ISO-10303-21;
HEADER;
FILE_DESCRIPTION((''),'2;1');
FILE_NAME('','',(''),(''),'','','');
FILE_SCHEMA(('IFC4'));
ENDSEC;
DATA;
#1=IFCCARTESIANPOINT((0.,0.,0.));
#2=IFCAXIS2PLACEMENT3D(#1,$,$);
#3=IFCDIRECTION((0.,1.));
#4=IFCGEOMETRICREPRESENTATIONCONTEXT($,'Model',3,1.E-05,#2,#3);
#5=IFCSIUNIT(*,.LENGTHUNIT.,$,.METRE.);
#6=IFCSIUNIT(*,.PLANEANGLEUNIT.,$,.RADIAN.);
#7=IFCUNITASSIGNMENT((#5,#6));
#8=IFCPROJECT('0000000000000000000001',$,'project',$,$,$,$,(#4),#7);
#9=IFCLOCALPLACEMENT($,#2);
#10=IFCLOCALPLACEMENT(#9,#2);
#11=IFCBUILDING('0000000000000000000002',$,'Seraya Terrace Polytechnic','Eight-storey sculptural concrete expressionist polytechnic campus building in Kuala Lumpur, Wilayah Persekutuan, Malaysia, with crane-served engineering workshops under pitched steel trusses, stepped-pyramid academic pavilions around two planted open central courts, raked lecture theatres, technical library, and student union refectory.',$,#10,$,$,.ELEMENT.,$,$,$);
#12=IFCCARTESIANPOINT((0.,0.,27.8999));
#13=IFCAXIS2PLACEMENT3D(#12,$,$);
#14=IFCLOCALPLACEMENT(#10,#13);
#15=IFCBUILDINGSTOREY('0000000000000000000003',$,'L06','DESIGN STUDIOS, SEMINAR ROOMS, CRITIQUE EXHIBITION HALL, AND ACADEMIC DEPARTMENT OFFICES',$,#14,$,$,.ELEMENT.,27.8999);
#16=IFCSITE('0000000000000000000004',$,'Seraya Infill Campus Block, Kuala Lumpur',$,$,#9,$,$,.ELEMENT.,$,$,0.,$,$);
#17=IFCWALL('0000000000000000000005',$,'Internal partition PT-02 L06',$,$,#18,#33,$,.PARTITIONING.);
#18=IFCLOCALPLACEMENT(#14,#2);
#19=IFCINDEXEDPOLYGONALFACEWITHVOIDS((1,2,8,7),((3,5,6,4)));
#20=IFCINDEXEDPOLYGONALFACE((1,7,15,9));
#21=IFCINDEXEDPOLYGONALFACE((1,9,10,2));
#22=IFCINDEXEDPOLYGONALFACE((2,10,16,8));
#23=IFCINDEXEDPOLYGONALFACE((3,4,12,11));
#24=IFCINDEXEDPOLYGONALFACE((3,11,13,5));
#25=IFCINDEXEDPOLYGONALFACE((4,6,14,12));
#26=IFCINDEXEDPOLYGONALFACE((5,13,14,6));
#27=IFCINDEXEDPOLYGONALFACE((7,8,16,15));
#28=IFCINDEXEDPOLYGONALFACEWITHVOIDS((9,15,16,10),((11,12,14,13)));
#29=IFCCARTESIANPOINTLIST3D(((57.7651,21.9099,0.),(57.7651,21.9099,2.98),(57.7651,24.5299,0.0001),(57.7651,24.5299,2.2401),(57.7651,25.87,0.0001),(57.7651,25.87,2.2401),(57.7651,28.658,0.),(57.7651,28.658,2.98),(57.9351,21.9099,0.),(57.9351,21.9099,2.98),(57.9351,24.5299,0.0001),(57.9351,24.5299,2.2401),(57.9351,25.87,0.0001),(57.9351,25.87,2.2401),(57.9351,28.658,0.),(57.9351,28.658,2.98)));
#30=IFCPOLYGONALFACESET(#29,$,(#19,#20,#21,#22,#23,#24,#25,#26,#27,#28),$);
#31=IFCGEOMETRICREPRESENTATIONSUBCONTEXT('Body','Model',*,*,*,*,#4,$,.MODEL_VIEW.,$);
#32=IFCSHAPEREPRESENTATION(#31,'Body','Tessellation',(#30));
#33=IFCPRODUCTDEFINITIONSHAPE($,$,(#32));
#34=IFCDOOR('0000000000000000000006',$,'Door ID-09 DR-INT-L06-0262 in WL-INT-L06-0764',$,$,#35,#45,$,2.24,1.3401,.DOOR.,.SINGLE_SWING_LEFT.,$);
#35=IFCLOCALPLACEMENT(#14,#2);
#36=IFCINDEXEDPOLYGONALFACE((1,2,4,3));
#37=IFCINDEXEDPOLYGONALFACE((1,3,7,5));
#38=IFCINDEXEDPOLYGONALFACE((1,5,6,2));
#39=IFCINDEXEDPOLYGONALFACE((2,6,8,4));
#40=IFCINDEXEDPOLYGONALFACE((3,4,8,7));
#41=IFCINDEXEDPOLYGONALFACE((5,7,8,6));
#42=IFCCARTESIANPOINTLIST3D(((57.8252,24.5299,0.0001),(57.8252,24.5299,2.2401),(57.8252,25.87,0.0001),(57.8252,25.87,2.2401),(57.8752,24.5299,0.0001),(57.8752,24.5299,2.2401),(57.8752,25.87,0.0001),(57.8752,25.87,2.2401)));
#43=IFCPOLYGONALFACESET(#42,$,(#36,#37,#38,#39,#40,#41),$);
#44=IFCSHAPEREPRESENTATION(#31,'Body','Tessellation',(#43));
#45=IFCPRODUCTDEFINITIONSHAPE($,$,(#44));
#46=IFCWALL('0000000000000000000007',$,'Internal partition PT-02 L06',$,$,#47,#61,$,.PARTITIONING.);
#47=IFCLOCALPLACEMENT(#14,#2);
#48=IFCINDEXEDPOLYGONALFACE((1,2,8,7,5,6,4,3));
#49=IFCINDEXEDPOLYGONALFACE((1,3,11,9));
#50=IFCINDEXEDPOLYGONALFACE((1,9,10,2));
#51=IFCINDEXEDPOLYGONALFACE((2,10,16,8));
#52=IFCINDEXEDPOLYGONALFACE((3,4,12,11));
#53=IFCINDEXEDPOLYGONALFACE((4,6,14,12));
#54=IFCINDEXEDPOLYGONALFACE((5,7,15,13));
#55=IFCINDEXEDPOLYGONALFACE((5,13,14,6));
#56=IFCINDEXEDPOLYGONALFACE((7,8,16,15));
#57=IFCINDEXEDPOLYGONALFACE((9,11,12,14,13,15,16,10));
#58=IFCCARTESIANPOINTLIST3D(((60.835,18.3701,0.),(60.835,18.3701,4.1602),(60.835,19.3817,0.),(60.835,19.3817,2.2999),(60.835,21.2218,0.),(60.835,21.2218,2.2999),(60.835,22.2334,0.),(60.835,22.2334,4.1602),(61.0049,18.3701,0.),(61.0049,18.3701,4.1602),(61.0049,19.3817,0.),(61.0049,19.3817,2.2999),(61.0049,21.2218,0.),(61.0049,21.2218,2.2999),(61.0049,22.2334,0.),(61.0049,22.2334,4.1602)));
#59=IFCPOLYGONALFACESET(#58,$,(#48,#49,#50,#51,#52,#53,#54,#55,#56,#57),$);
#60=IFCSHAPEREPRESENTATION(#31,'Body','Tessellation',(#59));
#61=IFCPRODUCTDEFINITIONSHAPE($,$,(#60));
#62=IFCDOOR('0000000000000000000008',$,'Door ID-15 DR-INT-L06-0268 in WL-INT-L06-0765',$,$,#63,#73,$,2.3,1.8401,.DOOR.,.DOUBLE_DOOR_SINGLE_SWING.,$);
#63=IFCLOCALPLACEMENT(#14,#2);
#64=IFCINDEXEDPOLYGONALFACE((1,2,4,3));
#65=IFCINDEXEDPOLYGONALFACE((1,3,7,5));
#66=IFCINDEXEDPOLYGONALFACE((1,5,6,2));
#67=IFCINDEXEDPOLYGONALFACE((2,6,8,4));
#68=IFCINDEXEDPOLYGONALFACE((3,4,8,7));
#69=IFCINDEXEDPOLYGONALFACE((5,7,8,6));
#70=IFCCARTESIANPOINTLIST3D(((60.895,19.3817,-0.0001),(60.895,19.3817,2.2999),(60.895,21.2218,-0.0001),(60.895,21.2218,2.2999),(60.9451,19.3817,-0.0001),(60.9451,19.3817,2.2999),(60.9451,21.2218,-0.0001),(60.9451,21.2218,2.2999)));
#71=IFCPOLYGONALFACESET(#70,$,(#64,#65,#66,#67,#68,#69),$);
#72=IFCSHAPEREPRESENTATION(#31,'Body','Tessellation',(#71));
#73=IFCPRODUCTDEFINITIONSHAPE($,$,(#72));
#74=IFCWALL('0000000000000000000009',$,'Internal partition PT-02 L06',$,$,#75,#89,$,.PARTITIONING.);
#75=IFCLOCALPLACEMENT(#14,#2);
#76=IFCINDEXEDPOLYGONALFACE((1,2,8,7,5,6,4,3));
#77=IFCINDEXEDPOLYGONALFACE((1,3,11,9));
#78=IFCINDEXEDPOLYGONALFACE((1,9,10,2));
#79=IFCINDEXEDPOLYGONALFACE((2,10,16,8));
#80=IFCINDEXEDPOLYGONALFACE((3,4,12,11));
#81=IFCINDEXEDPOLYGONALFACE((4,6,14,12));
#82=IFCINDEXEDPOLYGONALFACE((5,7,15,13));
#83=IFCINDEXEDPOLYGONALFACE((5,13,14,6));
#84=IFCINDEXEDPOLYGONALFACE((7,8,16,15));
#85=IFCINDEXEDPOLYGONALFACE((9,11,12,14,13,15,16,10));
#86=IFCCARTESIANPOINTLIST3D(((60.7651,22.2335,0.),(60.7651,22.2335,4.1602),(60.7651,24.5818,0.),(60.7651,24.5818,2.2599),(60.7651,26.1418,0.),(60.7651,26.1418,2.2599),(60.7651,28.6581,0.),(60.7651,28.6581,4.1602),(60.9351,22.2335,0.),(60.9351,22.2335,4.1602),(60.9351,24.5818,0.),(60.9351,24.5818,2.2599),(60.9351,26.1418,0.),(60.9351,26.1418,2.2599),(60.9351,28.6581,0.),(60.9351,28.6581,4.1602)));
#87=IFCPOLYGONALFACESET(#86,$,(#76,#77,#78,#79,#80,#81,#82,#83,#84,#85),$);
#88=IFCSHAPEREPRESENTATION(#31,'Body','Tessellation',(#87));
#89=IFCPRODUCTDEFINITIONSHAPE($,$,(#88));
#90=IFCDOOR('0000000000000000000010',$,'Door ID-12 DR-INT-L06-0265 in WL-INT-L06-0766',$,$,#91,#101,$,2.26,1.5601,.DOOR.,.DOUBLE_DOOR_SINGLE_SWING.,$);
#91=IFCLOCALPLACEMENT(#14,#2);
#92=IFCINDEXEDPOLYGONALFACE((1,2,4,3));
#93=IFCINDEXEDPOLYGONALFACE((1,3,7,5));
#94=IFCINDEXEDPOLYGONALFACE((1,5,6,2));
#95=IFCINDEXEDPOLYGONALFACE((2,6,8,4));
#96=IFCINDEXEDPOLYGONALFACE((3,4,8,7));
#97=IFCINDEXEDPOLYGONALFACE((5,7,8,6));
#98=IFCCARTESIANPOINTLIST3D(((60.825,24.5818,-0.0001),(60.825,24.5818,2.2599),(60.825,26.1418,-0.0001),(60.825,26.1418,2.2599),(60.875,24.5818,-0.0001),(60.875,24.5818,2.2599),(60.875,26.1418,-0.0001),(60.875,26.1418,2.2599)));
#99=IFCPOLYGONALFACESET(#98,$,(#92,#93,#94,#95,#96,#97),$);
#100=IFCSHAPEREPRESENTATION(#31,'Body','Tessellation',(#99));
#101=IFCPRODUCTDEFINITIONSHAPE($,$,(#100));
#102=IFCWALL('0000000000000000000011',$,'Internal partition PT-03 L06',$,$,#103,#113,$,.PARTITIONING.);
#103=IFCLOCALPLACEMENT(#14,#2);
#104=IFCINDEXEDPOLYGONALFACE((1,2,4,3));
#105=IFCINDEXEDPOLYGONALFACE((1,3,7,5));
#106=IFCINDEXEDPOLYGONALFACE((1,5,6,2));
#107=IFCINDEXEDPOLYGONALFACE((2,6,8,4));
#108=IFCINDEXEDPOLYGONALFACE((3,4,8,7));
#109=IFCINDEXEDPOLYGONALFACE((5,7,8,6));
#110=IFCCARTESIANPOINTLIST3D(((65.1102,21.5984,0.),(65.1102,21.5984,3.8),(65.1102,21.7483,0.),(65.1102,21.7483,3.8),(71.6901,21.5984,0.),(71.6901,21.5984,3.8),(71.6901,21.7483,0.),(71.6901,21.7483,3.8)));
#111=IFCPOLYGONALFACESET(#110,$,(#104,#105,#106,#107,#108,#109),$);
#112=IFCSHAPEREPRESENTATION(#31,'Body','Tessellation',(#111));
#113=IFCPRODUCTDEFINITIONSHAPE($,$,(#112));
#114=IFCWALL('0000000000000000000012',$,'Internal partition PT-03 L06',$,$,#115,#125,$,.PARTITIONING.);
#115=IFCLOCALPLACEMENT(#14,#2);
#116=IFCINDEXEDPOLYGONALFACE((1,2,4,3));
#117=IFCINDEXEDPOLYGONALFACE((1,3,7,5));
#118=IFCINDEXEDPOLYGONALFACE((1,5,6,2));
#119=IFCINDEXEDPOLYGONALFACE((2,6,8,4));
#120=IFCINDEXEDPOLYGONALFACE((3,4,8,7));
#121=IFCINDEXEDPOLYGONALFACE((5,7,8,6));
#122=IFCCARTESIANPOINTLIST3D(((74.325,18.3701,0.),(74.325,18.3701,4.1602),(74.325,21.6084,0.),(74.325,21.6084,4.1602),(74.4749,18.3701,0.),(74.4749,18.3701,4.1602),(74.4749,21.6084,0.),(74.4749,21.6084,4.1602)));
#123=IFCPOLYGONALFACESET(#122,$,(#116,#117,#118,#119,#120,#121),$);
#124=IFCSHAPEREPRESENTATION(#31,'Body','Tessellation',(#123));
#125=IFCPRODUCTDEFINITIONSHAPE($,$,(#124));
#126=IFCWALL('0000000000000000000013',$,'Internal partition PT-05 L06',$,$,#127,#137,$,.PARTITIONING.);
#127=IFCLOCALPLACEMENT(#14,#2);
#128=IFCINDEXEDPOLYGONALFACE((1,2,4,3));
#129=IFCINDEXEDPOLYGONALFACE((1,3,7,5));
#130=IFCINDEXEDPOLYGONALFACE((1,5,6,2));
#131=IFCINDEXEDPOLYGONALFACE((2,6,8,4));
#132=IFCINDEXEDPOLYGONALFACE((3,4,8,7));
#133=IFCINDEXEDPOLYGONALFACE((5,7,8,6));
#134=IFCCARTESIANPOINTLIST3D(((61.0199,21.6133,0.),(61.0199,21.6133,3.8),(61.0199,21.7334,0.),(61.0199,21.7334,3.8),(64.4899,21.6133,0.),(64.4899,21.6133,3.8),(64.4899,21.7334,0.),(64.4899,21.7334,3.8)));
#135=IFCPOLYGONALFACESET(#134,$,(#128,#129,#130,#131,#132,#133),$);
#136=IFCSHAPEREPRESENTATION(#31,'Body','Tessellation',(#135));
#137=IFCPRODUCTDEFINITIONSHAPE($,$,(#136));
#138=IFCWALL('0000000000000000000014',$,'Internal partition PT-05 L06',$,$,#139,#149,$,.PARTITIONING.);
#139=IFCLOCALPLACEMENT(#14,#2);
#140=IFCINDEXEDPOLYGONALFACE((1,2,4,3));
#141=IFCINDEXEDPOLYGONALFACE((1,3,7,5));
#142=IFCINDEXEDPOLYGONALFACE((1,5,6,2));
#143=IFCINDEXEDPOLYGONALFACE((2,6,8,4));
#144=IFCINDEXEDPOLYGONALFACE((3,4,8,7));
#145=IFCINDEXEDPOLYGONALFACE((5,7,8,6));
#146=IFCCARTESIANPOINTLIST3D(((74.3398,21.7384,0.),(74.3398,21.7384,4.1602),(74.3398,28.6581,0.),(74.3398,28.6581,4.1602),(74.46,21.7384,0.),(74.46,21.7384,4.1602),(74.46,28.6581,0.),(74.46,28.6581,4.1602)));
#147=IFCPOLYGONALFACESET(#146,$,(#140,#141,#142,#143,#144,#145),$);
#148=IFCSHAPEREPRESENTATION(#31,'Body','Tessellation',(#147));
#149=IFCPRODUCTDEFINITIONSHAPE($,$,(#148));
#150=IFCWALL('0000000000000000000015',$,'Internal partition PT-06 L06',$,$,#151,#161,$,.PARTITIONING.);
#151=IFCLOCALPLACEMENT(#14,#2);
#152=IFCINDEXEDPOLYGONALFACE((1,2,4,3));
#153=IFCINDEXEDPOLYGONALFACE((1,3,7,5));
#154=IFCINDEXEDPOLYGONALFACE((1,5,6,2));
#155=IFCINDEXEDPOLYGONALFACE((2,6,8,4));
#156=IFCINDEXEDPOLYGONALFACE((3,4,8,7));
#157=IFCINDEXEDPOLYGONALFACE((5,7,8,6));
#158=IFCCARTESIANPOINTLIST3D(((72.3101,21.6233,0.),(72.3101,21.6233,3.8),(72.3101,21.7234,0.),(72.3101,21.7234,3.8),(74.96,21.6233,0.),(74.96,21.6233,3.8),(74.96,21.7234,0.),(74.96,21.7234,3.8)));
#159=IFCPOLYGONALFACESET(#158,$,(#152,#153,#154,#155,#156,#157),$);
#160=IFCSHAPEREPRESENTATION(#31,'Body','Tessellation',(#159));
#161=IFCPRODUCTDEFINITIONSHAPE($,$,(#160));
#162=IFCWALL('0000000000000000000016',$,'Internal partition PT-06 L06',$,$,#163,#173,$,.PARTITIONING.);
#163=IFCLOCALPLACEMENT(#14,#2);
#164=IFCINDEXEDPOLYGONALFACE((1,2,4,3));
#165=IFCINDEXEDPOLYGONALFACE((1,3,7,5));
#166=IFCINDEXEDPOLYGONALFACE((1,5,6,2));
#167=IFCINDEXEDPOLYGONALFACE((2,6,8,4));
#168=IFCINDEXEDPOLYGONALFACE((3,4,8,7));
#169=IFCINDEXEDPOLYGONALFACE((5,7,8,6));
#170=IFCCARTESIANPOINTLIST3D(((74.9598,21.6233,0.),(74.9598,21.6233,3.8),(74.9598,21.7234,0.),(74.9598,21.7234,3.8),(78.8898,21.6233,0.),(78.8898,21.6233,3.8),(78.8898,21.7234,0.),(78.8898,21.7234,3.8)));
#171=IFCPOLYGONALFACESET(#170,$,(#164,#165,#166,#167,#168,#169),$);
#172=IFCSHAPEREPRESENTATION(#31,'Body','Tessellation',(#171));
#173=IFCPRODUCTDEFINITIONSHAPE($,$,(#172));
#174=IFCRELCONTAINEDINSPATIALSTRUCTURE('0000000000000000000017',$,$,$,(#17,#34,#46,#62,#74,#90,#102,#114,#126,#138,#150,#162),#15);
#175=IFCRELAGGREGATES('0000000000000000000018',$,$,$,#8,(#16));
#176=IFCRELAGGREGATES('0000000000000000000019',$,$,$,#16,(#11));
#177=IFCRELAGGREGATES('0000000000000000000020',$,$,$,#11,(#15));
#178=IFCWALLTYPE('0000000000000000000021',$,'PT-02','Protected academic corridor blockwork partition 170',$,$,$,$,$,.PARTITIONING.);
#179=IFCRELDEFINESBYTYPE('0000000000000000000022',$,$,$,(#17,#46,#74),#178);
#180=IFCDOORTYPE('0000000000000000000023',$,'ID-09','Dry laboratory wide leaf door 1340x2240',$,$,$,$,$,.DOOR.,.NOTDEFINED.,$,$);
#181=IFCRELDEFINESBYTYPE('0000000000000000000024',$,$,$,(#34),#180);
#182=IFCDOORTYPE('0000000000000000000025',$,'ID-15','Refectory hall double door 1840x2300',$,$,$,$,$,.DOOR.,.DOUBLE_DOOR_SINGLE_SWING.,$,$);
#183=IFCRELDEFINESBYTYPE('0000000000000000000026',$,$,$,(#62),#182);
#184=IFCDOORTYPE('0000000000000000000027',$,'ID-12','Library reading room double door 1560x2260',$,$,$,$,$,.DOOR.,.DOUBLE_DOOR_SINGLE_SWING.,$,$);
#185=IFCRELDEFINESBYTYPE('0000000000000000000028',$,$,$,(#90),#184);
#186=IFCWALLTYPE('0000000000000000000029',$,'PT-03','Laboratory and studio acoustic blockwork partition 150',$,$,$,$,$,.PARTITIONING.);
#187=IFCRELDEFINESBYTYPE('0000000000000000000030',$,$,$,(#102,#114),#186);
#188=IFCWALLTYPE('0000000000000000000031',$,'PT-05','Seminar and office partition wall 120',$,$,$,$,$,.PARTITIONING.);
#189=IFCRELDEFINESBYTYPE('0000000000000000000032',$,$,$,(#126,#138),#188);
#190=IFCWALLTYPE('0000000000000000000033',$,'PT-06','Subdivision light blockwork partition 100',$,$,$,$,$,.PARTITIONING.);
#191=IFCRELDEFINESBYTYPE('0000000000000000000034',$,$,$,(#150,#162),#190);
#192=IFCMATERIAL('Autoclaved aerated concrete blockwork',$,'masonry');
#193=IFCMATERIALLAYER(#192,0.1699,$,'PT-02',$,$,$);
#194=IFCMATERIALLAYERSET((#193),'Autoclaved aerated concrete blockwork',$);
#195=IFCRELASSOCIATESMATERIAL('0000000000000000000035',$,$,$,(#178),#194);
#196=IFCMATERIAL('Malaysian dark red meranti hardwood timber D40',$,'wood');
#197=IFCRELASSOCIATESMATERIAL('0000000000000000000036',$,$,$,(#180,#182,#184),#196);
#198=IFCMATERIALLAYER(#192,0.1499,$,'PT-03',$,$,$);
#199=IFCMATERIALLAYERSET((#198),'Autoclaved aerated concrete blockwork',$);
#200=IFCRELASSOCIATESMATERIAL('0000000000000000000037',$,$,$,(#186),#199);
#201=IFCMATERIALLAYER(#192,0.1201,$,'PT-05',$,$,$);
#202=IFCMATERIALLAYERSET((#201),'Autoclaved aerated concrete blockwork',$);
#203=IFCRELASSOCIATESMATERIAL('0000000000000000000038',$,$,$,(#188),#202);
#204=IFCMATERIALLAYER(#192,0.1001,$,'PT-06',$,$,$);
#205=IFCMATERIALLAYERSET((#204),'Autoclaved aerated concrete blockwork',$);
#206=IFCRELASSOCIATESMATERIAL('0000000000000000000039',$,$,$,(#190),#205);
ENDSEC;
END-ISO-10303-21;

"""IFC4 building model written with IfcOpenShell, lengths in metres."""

from ifc_helpers import new_model, si_unit, direction, frame, frame_2d, origin, place, context, subcontext, project, spatial, rectangle, extrude, material, layer, layer_set, type_object, element, fill, save


model = new_model("IFC4")

# Units and contexts
model_context = context("Model", 3, precision=1e-05, world=origin(), true_north=direction((0.0, 1.0)))
body_context = subcontext(model_context, "Body", "Model", "MODEL_VIEW")
ifc_project = project(units=[si_unit("LENGTHUNIT", "METRE"), si_unit("PLANEANGLEUNIT", "RADIAN")], contexts=[model_context])

# Site, building, storey
site_placement = place(None, origin())
site = spatial("IfcSite", under=ifc_project, at=site_placement, Name="Seraya Infill Campus Block, Kuala Lumpur", CompositionType="ELEMENT", RefElevation=0.0)
building_placement = place(site_placement, origin())
building = spatial("IfcBuilding", under=site, at=building_placement, Name="Seraya Terrace Polytechnic", Description="Eight-storey sculptural concrete expressionist polytechnic campus building in Kuala Lumpur, Wilayah Persekutuan, Malaysia, with crane-served engineering workshops under pitched steel trusses, stepped-pyramid academic pavilions around two planted open central courts, raked lecture theatres, technical library, and student union refectory.", CompositionType="ELEMENT")
storey_placement = place(building_placement, frame((0.0, 0.0, 27.8999)))
storey = spatial("IfcBuildingStorey", under=building, at=storey_placement, Name="L06", Description="DESIGN STUDIOS, SEMINAR ROOMS, CRITIQUE EXHIBITION HALL, AND ACADEMIC DEPARTMENT OFFICES", CompositionType="ELEMENT", Elevation=27.8999)

# Shared definitions
ifc_material_1 = material(Name="Autoclaved aerated concrete blockwork", Category="masonry")
ifc_layer_1 = layer(ifc_material_1, 0.1699, Name="PT-02")
ifc_layer_set_1 = layer_set([ifc_layer_1], Name="Autoclaved aerated concrete blockwork")
wall_type_1 = type_object("IfcWallType", Name="PT-02", Description="Protected academic corridor blockwork partition 170", PredefinedType="PARTITIONING", material=ifc_layer_set_1)

# Walls, openings, doors
wall_1_placement = place(storey_placement, frame((57.8501, 21.9099, 0.0), z_axis=(0.0, 0.0, 1.0), x_axis=(0.0, 1.0, 0.0)))
wall_1 = element("IfcWall", 1, at=wall_1_placement, inside=storey, type_object=wall_type_1, Name="Internal partition PT-02 L06", PredefinedType="PARTITIONING", context=body_context, shape_type="SweptSolid", body=[
    extrude(rectangle(XDim=6.748, YDim=0.1699, at=frame_2d((3.374, 0.0))), origin(), (0.0, 0.0, 1.0), 2.98),
])
opening_1_placement = place(wall_1_placement, frame((2.6201, 0.0, 0.0)))
opening_1 = element("IfcOpeningElement", 2, at=opening_1_placement, cuts=wall_1, PredefinedType="OPENING", context=body_context, shape_type="SweptSolid", body=[
    extrude(rectangle(XDim=1.3401, YDim=2.24, at=frame_2d((0.6699, 1.1201))), frame((0.0, 0.0969, 0.0), z_axis=(0.0, -1.0, 0.0), x_axis=(1.0, 0.0, 0.0)), (0.0, 0.0, 1.0), 0.1938),
])
ifc_material_2 = material(Name="Malaysian dark red meranti hardwood timber D40", Category="wood")
door_type_1 = type_object("IfcDoorType", Name="ID-09", Description="Dry laboratory wide leaf door 1340x2240", OperationType="NOTDEFINED", PredefinedType="DOOR", material=ifc_material_2)
door_1_placement = place(opening_1_placement, origin())
door_1 = element("IfcDoor", 3, at=door_1_placement, inside=storey, type_object=door_type_1, Name="Door ID-09 DR-INT-L06-0262 in WL-INT-L06-0764", OperationType="SINGLE_SWING_LEFT", OverallHeight=2.24, OverallWidth=1.3401, PredefinedType="DOOR", context=body_context, shape_type="SweptSolid", body=[
    extrude(rectangle(XDim=1.3401, YDim=2.24, at=frame_2d((0.6699, 1.1201))), frame((0.0, 0.0249, 0.0), z_axis=(0.0, -1.0, 0.0), x_axis=(1.0, 0.0, 0.0)), (0.0, 0.0, 1.0), 0.05),
])
fill(opening_1, door_1)
wall_2_placement = place(storey_placement, frame((60.9199, 18.3701, 0.0), z_axis=(0.0, 0.0, 1.0), x_axis=(0.0, 1.0, 0.0)))
wall_2 = element("IfcWall", 4, at=wall_2_placement, inside=storey, type_object=wall_type_1, Name="Internal partition PT-02 L06", PredefinedType="PARTITIONING", context=body_context, shape_type="SweptSolid", body=[
    extrude(rectangle(XDim=3.8633, YDim=0.1699, at=frame_2d((1.9316, 0.0))), origin(), (0.0, 0.0, 1.0), 4.1602),
])
opening_2_placement = place(wall_2_placement, frame((1.0117, 0.0, 0.0)))
opening_2 = element("IfcOpeningElement", 5, at=opening_2_placement, cuts=wall_2, PredefinedType="OPENING", context=body_context, shape_type="SweptSolid", body=[
    extrude(rectangle(XDim=1.8401, YDim=2.3, at=frame_2d((0.9199, 1.1499))), frame((0.0, 0.0969, 0.0), z_axis=(0.0, -1.0, 0.0), x_axis=(1.0, 0.0, 0.0)), (0.0, 0.0, 1.0), 0.1938),
])
door_type_2 = type_object("IfcDoorType", Name="ID-15", Description="Refectory hall double door 1840x2300", OperationType="DOUBLE_DOOR_SINGLE_SWING", PredefinedType="DOOR", material=ifc_material_2)
door_2_placement = place(opening_2_placement, origin())
door_2 = element("IfcDoor", 6, at=door_2_placement, inside=storey, type_object=door_type_2, Name="Door ID-15 DR-INT-L06-0268 in WL-INT-L06-0765", OperationType="DOUBLE_DOOR_SINGLE_SWING", OverallHeight=2.3, OverallWidth=1.8401, PredefinedType="DOOR", context=body_context, shape_type="SweptSolid", body=[
    extrude(rectangle(XDim=1.8401, YDim=2.3, at=frame_2d((0.9199, 1.1499))), frame((0.0, 0.0249, 0.0), z_axis=(0.0, -1.0, 0.0), x_axis=(1.0, 0.0, 0.0)), (0.0, 0.0, 1.0), 0.05),
])
fill(opening_2, door_2)
wall_3_placement = place(storey_placement, frame((60.8501, 22.2334, 0.0), z_axis=(0.0, 0.0, 1.0), x_axis=(0.0, 1.0, 0.0)))
wall_3 = element("IfcWall", 7, at=wall_3_placement, inside=storey, type_object=wall_type_1, Name="Internal partition PT-02 L06", PredefinedType="PARTITIONING", context=body_context, shape_type="SweptSolid", body=[
    extrude(rectangle(XDim=6.4246, YDim=0.1699, at=frame_2d((3.2124, 0.0))), origin(), (0.0, 0.0, 1.0), 4.1602),
])
opening_3_placement = place(wall_3_placement, frame((2.3484, 0.0, 0.0)))
opening_3 = element("IfcOpeningElement", 8, at=opening_3_placement, cuts=wall_3, PredefinedType="OPENING", context=body_context, shape_type="SweptSolid", body=[
    extrude(rectangle(XDim=1.5601, YDim=2.26, at=frame_2d((0.78, 1.1299))), frame((0.0, 0.0969, 0.0), z_axis=(0.0, -1.0, 0.0), x_axis=(1.0, 0.0, 0.0)), (0.0, 0.0, 1.0), 0.1938),
])
door_type_3 = type_object("IfcDoorType", Name="ID-12", Description="Library reading room double door 1560x2260", OperationType="DOUBLE_DOOR_SINGLE_SWING", PredefinedType="DOOR", material=ifc_material_2)
door_3_placement = place(opening_3_placement, frame((1.5601, 0.0, 0.0), z_axis=(0.0, 0.0, 1.0), x_axis=(-1.0, 0.0, 0.0)))
door_3 = element("IfcDoor", 9, at=door_3_placement, inside=storey, type_object=door_type_3, Name="Door ID-12 DR-INT-L06-0265 in WL-INT-L06-0766", OperationType="DOUBLE_DOOR_SINGLE_SWING", OverallHeight=2.26, OverallWidth=1.5601, PredefinedType="DOOR", context=body_context, shape_type="SweptSolid", body=[
    extrude(rectangle(XDim=1.5601, YDim=2.26, at=frame_2d((0.78, 1.1299))), frame((0.0, 0.0249, 0.0), z_axis=(0.0, -1.0, 0.0), x_axis=(1.0, 0.0, 0.0)), (0.0, 0.0, 1.0), 0.05),
])
fill(opening_3, door_3)

# Walls
ifc_layer_2 = layer(ifc_material_1, 0.1499, Name="PT-03")
ifc_layer_set_2 = layer_set([ifc_layer_2], Name="Autoclaved aerated concrete blockwork")
wall_type_2 = type_object("IfcWallType", Name="PT-03", Description="Laboratory and studio acoustic blockwork partition 150", PredefinedType="PARTITIONING", material=ifc_layer_set_2)
wall_4_placement = place(storey_placement, frame((65.1101, 21.6733, 0.0), z_axis=(0.0, 0.0, 1.0), x_axis=(1.0, 0.0, 0.0)))
element("IfcWall", 10, at=wall_4_placement, inside=storey, type_object=wall_type_2, Name="Internal partition PT-03 L06", PredefinedType="PARTITIONING", context=body_context, shape_type="SweptSolid", body=[
    extrude(rectangle(XDim=6.5798, YDim=0.1499, at=frame_2d((3.29, 0.0))), origin(), (0.0, 0.0, 1.0), 3.8),
])
wall_5_placement = place(storey_placement, frame((74.3999, 18.3701, 0.0), z_axis=(0.0, 0.0, 1.0), x_axis=(0.0, 1.0, 0.0)))
element("IfcWall", 11, at=wall_5_placement, inside=storey, type_object=wall_type_2, Name="Internal partition PT-03 L06", PredefinedType="PARTITIONING", context=body_context, shape_type="SweptSolid", body=[
    extrude(rectangle(XDim=3.2383, YDim=0.1499, at=frame_2d((1.6191, 0.0))), origin(), (0.0, 0.0, 1.0), 4.1602),
])
ifc_layer_3 = layer(ifc_material_1, 0.1201, Name="PT-05")
ifc_layer_set_3 = layer_set([ifc_layer_3], Name="Autoclaved aerated concrete blockwork")
wall_type_3 = type_object("IfcWallType", Name="PT-05", Description="Seminar and office partition wall 120", PredefinedType="PARTITIONING", material=ifc_layer_set_3)
wall_6_placement = place(storey_placement, frame((61.02, 21.6733, 0.0), z_axis=(0.0, 0.0, 1.0), x_axis=(1.0, 0.0, 0.0)))
element("IfcWall", 12, at=wall_6_placement, inside=storey, type_object=wall_type_3, Name="Internal partition PT-05 L06", PredefinedType="PARTITIONING", context=body_context, shape_type="SweptSolid", body=[
    extrude(rectangle(XDim=3.47, YDim=0.1201, at=frame_2d((1.7349, 0.0))), origin(), (0.0, 0.0, 1.0), 3.8),
])
wall_7_placement = place(storey_placement, frame((74.3999, 21.7383, 0.0), z_axis=(0.0, 0.0, 1.0), x_axis=(0.0, 1.0, 0.0)))
element("IfcWall", 13, at=wall_7_placement, inside=storey, type_object=wall_type_3, Name="Internal partition PT-05 L06", PredefinedType="PARTITIONING", context=body_context, shape_type="SweptSolid", body=[
    extrude(rectangle(XDim=6.9197, YDim=0.1201, at=frame_2d((3.46, 0.0))), origin(), (0.0, 0.0, 1.0), 4.1602),
])
ifc_layer_4 = layer(ifc_material_1, 0.1001, Name="PT-06")
ifc_layer_set_4 = layer_set([ifc_layer_4], Name="Autoclaved aerated concrete blockwork")
wall_type_4 = type_object("IfcWallType", Name="PT-06", Description="Subdivision light blockwork partition 100", PredefinedType="PARTITIONING", material=ifc_layer_set_4)
wall_8_placement = place(storey_placement, frame((72.3101, 21.6733, 0.0), z_axis=(0.0, 0.0, 1.0), x_axis=(1.0, 0.0, 0.0)))
element("IfcWall", 14, at=wall_8_placement, inside=storey, type_object=wall_type_4, Name="Internal partition PT-06 L06", PredefinedType="PARTITIONING", context=body_context, shape_type="SweptSolid", body=[
    extrude(rectangle(XDim=2.6499, YDim=0.1001, at=frame_2d((1.325, 0.0))), origin(), (0.0, 0.0, 1.0), 3.8),
])
wall_9_placement = place(storey_placement, frame((74.96, 21.6733, 0.0), z_axis=(0.0, 0.0, 1.0), x_axis=(1.0, 0.0, 0.0)))
element("IfcWall", 15, at=wall_9_placement, inside=storey, type_object=wall_type_4, Name="Internal partition PT-06 L06", PredefinedType="PARTITIONING", context=body_context, shape_type="SweptSolid", body=[
    extrude(rectangle(XDim=3.9299, YDim=0.1001, at=frame_2d((1.9648, 0.0))), origin(), (0.0, 0.0, 1.0), 3.8),
])

save(model, "model.ifc")
